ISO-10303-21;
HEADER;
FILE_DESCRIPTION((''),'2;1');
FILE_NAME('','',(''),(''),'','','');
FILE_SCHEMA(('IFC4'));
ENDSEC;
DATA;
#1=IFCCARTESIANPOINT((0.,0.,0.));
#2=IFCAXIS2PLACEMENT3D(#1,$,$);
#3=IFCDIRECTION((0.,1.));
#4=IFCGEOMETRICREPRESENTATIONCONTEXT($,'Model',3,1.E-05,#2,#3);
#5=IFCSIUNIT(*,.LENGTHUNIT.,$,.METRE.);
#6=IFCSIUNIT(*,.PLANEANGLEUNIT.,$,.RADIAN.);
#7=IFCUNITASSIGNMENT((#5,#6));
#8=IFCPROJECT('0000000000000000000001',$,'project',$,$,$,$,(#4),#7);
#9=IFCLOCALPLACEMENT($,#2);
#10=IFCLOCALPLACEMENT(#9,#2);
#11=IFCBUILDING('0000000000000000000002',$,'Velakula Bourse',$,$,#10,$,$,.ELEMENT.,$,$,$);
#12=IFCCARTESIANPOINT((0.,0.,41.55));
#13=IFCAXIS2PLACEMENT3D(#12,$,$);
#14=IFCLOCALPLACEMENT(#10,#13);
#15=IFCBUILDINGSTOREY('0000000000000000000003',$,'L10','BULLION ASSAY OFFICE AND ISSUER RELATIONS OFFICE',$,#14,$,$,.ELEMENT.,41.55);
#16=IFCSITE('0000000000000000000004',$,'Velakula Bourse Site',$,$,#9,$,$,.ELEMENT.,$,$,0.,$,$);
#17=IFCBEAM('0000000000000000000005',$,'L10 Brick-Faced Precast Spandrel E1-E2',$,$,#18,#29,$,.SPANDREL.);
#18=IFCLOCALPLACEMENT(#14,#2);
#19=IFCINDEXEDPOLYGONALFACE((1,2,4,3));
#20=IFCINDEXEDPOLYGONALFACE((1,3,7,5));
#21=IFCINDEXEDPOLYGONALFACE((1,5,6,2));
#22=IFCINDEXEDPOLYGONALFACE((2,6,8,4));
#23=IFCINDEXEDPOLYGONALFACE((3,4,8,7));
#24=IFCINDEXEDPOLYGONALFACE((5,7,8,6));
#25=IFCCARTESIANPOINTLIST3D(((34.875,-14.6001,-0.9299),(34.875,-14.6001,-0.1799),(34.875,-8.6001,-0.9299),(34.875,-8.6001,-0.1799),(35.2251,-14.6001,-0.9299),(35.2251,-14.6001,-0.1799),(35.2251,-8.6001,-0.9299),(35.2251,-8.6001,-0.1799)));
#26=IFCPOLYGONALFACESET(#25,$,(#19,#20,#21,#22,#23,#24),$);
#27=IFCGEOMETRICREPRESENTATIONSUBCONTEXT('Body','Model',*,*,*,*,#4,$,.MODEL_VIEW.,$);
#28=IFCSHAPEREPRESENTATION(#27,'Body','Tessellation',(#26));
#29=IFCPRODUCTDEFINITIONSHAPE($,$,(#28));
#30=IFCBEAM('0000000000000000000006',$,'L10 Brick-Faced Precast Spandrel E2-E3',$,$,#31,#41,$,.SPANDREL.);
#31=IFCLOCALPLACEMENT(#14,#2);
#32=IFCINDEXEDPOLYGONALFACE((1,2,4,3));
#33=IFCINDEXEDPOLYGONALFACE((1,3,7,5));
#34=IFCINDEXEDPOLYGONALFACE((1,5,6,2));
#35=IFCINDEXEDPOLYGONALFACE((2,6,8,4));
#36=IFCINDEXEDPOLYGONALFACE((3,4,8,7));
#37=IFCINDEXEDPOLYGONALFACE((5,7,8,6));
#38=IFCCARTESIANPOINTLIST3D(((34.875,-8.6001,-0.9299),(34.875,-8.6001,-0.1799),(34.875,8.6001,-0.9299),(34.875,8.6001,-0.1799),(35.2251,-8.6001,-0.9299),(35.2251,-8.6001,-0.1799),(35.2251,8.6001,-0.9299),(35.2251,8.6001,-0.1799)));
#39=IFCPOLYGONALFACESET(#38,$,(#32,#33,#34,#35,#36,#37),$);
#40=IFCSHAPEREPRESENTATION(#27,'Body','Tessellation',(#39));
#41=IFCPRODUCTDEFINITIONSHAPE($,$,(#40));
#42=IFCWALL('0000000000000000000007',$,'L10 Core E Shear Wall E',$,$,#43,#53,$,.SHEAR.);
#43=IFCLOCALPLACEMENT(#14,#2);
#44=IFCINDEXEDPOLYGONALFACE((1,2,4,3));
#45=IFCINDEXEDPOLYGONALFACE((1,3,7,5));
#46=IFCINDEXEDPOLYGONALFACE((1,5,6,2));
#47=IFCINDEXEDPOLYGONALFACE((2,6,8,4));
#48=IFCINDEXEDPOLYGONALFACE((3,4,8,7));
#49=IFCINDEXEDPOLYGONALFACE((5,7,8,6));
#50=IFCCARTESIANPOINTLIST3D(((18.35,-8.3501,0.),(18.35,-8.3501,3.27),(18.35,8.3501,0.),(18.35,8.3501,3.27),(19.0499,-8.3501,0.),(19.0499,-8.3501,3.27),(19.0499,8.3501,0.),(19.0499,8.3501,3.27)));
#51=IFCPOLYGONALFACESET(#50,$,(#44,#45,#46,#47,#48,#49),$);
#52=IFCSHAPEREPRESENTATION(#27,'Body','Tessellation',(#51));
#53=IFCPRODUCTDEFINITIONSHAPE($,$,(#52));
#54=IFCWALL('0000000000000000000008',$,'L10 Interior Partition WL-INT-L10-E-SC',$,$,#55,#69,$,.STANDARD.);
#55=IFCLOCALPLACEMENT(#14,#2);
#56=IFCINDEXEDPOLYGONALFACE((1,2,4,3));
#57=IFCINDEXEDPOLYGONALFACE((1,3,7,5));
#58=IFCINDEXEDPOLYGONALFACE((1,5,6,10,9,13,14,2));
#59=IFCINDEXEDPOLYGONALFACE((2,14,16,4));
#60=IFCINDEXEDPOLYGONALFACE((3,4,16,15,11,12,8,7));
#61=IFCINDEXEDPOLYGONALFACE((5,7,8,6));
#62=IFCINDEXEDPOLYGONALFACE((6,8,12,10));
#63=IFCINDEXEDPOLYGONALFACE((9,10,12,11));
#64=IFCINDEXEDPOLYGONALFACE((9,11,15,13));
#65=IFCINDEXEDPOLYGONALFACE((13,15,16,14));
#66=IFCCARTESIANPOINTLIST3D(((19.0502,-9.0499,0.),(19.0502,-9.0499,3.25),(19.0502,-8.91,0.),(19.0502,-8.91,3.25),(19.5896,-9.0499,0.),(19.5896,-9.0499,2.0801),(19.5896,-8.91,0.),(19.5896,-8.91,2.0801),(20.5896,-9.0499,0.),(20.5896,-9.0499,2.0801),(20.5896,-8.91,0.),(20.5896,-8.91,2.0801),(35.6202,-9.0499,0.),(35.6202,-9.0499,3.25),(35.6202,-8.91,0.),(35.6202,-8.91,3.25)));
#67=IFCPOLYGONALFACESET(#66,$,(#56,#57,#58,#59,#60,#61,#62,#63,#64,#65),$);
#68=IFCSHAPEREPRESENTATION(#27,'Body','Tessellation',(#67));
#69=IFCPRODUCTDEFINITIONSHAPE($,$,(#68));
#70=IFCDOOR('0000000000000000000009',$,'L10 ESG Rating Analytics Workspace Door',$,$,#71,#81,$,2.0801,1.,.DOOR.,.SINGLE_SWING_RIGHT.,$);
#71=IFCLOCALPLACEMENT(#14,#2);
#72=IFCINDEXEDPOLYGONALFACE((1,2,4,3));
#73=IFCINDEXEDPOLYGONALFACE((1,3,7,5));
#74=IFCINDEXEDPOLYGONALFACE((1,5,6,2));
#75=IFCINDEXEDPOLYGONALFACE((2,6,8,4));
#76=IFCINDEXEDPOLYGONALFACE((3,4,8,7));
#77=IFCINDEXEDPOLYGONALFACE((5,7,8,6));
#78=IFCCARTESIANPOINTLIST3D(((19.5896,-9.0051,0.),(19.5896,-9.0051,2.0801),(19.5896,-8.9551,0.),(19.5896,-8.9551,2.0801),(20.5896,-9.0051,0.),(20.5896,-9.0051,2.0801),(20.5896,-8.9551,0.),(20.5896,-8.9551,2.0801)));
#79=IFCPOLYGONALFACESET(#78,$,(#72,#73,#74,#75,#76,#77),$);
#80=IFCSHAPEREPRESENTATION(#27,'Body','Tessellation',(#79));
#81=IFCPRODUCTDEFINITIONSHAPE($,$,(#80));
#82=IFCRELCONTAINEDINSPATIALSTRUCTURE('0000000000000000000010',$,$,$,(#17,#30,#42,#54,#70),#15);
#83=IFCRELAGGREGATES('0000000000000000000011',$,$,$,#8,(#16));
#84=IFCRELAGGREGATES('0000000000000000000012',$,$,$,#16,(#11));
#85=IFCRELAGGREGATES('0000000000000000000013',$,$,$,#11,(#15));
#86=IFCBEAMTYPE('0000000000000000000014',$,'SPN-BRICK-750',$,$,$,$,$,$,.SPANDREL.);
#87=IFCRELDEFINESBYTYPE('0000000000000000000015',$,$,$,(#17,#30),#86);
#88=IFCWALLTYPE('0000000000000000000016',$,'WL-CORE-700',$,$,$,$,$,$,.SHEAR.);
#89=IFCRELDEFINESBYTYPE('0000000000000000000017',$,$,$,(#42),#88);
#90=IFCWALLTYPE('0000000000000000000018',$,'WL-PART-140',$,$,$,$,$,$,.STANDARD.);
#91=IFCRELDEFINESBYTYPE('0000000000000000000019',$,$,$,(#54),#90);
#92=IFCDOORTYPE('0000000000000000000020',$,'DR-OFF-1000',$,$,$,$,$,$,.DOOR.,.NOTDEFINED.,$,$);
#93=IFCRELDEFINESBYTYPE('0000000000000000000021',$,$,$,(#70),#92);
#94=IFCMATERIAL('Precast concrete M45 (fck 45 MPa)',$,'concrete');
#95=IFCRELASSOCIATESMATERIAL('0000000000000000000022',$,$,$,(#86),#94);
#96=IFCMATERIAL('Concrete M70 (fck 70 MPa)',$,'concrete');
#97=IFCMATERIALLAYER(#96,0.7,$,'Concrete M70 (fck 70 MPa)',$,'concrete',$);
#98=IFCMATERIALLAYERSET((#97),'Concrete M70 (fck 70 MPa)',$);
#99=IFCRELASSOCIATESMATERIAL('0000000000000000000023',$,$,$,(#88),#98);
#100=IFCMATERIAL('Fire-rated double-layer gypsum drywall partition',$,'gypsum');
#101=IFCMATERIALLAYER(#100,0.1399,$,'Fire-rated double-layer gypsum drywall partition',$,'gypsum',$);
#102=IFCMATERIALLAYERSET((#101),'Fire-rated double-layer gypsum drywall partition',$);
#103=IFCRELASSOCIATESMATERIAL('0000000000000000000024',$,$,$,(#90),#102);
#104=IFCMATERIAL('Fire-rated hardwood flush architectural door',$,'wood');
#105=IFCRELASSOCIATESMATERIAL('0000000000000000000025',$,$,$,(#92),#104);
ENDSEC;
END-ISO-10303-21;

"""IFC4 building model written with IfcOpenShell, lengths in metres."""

from ifc_helpers import new_model, si_unit, direction, frame, frame_2d, origin, origin_2d, place, context, subcontext, project, spatial, rectangle, extrude, material, layer, layer_set, material_profile, profile_set, type_object, element, fill, save


model = new_model("IFC4")

# Units and contexts
model_context = context("Model", 3, precision=1e-05, world=origin(), true_north=direction((0.0, 1.0)))
body_context = subcontext(model_context, "Body", "Model", "MODEL_VIEW")
ifc_project = project(units=[si_unit("LENGTHUNIT", "METRE"), si_unit("PLANEANGLEUNIT", "RADIAN")], contexts=[model_context])

# Site, building, storey
site_placement = place(None, origin())
site = spatial("IfcSite", under=ifc_project, at=site_placement, Name="Velakula Bourse Site", CompositionType="ELEMENT", RefElevation=0.0)
building_placement = place(site_placement, origin())
building = spatial("IfcBuilding", under=site, at=building_placement, Name="Velakula Bourse", CompositionType="ELEMENT")
storey_placement = place(building_placement, frame((0.0, 0.0, 41.55)))
storey = spatial("IfcBuildingStorey", under=building, at=storey_placement, Name="L10", Description="BULLION ASSAY OFFICE AND ISSUER RELATIONS OFFICE", CompositionType="ELEMENT", Elevation=41.55)

# Shared definitions
ifc_material_1 = material(Name="Concrete M70 (fck 70 MPa)", Category="concrete")

# Beams
ifc_material_2 = material(Name="Precast concrete M45 (fck 45 MPa)", Category="concrete")
ifc_material_profile_1 = material_profile(ifc_material_2, rectangle(XDim=0.3501, YDim=0.75, at=origin_2d()), Name="Precast concrete M45 (fck 45 MPa)")
ifc_profile_set_1 = profile_set([ifc_material_profile_1], Name="Precast concrete M45 (fck 45 MPa)")
beam_type_1 = type_object("IfcBeamType", Name="SPN-BRICK-750", PredefinedType="SPANDREL", material=ifc_profile_set_1)
beam_1_placement = place(storey_placement, frame((35.05, -14.6001, -0.5549), z_axis=(0.0, 1.0, 0.0), x_axis=(-1.0, 0.0, 0.0)))
element("IfcBeam", 1, at=beam_1_placement, inside=storey, type_object=beam_type_1, Name="L10 Brick-Faced Precast Spandrel E1-E2", PredefinedType="SPANDREL", context=body_context, shape_type="SweptSolid", body=[
    extrude(rectangle(XDim=0.3501, YDim=0.75, at=origin_2d()), origin(), (0.0, 0.0, 1.0), 6.0),
])
beam_2_placement = place(storey_placement, frame((35.05, -8.6001, -0.5549), z_axis=(0.0, 1.0, 0.0), x_axis=(-1.0, 0.0, 0.0)))
element("IfcBeam", 2, at=beam_2_placement, inside=storey, type_object=beam_type_1, Name="L10 Brick-Faced Precast Spandrel E2-E3", PredefinedType="SPANDREL", context=body_context, shape_type="SweptSolid", body=[
    extrude(rectangle(XDim=0.3501, YDim=0.75, at=origin_2d()), origin(), (0.0, 0.0, 1.0), 17.2002),
])

# Wall
ifc_layer_1 = layer(ifc_material_1, 0.7, Name="Concrete M70 (fck 70 MPa)", Category="concrete")
ifc_layer_set_1 = layer_set([ifc_layer_1], Name="Concrete M70 (fck 70 MPa)")
wall_type_1 = type_object("IfcWallType", Name="WL-CORE-700", PredefinedType="SHEAR", material=ifc_layer_set_1)
wall_1_placement = place(storey_placement, frame((18.7, -8.3501, 0.0), z_axis=(0.0, 0.0, 1.0), x_axis=(0.0, 1.0, 0.0)))
element("IfcWall", 3, at=wall_1_placement, inside=storey, type_object=wall_type_1, Name="L10 Core E Shear Wall E", PredefinedType="SHEAR", context=body_context, shape_type="SweptSolid", body=[
    extrude(rectangle(XDim=16.7002, YDim=0.7, at=frame_2d((8.3501, 0.0))), origin(), (0.0, 0.0, 1.0), 3.27),
])

# Wall, opening, door
ifc_material_3 = material(Name="Fire-rated double-layer gypsum drywall partition", Category="gypsum")
ifc_layer_2 = layer(ifc_material_3, 0.1399, Name="Fire-rated double-layer gypsum drywall partition", Category="gypsum")
ifc_layer_set_2 = layer_set([ifc_layer_2], Name="Fire-rated double-layer gypsum drywall partition")
wall_type_2 = type_object("IfcWallType", Name="WL-PART-140", PredefinedType="STANDARD", material=ifc_layer_set_2)
wall_2_placement = place(storey_placement, frame((19.05, -8.98, 0.0), z_axis=(0.0, 0.0, 1.0), x_axis=(1.0, 0.0, 0.0)))
wall_2 = element("IfcWall", 4, at=wall_2_placement, inside=storey, type_object=wall_type_2, Name="L10 Interior Partition WL-INT-L10-E-SC", PredefinedType="STANDARD", context=body_context, shape_type="SweptSolid", body=[
    extrude(rectangle(XDim=16.5701, YDim=0.1399, at=frame_2d((8.2852, 0.0))), origin(), (0.0, 0.0, 1.0), 3.25),
])
opening_placement = place(wall_2_placement, frame((0.5396, 0.0, 0.0)))
opening = element("IfcOpeningElement", 5, at=opening_placement, cuts=wall_2, PredefinedType="OPENING", context=body_context, shape_type="SweptSolid", body=[
    extrude(rectangle(XDim=1.0, YDim=2.0801, at=frame_2d((0.5, 1.04))), frame((0.0, 0.0798, 0.0), z_axis=(0.0, -1.0, 0.0), x_axis=(1.0, 0.0, 0.0)), (0.0, 0.0, 1.0), 0.1599),
])
ifc_material_4 = material(Name="Fire-rated hardwood flush architectural door", Category="wood")
door_type = type_object("IfcDoorType", Name="DR-OFF-1000", OperationType="NOTDEFINED", PredefinedType="DOOR", material=ifc_material_4)
door_placement = place(opening_placement, origin())
door = element("IfcDoor", 6, at=door_placement, inside=storey, type_object=door_type, Name="L10 ESG Rating Analytics Workspace Door", OperationType="SINGLE_SWING_RIGHT", OverallHeight=2.0801, OverallWidth=1.0, PredefinedType="DOOR", context=body_context, shape_type="SweptSolid", body=[
    extrude(rectangle(XDim=1.0, YDim=2.0801, at=frame_2d((0.5, 1.04))), frame((0.0, 0.0249, 0.0), z_axis=(0.0, -1.0, 0.0), x_axis=(1.0, 0.0, 0.0)), (0.0, 0.0, 1.0), 0.05),
])
fill(opening, door)

save(model, "model.ifc")
